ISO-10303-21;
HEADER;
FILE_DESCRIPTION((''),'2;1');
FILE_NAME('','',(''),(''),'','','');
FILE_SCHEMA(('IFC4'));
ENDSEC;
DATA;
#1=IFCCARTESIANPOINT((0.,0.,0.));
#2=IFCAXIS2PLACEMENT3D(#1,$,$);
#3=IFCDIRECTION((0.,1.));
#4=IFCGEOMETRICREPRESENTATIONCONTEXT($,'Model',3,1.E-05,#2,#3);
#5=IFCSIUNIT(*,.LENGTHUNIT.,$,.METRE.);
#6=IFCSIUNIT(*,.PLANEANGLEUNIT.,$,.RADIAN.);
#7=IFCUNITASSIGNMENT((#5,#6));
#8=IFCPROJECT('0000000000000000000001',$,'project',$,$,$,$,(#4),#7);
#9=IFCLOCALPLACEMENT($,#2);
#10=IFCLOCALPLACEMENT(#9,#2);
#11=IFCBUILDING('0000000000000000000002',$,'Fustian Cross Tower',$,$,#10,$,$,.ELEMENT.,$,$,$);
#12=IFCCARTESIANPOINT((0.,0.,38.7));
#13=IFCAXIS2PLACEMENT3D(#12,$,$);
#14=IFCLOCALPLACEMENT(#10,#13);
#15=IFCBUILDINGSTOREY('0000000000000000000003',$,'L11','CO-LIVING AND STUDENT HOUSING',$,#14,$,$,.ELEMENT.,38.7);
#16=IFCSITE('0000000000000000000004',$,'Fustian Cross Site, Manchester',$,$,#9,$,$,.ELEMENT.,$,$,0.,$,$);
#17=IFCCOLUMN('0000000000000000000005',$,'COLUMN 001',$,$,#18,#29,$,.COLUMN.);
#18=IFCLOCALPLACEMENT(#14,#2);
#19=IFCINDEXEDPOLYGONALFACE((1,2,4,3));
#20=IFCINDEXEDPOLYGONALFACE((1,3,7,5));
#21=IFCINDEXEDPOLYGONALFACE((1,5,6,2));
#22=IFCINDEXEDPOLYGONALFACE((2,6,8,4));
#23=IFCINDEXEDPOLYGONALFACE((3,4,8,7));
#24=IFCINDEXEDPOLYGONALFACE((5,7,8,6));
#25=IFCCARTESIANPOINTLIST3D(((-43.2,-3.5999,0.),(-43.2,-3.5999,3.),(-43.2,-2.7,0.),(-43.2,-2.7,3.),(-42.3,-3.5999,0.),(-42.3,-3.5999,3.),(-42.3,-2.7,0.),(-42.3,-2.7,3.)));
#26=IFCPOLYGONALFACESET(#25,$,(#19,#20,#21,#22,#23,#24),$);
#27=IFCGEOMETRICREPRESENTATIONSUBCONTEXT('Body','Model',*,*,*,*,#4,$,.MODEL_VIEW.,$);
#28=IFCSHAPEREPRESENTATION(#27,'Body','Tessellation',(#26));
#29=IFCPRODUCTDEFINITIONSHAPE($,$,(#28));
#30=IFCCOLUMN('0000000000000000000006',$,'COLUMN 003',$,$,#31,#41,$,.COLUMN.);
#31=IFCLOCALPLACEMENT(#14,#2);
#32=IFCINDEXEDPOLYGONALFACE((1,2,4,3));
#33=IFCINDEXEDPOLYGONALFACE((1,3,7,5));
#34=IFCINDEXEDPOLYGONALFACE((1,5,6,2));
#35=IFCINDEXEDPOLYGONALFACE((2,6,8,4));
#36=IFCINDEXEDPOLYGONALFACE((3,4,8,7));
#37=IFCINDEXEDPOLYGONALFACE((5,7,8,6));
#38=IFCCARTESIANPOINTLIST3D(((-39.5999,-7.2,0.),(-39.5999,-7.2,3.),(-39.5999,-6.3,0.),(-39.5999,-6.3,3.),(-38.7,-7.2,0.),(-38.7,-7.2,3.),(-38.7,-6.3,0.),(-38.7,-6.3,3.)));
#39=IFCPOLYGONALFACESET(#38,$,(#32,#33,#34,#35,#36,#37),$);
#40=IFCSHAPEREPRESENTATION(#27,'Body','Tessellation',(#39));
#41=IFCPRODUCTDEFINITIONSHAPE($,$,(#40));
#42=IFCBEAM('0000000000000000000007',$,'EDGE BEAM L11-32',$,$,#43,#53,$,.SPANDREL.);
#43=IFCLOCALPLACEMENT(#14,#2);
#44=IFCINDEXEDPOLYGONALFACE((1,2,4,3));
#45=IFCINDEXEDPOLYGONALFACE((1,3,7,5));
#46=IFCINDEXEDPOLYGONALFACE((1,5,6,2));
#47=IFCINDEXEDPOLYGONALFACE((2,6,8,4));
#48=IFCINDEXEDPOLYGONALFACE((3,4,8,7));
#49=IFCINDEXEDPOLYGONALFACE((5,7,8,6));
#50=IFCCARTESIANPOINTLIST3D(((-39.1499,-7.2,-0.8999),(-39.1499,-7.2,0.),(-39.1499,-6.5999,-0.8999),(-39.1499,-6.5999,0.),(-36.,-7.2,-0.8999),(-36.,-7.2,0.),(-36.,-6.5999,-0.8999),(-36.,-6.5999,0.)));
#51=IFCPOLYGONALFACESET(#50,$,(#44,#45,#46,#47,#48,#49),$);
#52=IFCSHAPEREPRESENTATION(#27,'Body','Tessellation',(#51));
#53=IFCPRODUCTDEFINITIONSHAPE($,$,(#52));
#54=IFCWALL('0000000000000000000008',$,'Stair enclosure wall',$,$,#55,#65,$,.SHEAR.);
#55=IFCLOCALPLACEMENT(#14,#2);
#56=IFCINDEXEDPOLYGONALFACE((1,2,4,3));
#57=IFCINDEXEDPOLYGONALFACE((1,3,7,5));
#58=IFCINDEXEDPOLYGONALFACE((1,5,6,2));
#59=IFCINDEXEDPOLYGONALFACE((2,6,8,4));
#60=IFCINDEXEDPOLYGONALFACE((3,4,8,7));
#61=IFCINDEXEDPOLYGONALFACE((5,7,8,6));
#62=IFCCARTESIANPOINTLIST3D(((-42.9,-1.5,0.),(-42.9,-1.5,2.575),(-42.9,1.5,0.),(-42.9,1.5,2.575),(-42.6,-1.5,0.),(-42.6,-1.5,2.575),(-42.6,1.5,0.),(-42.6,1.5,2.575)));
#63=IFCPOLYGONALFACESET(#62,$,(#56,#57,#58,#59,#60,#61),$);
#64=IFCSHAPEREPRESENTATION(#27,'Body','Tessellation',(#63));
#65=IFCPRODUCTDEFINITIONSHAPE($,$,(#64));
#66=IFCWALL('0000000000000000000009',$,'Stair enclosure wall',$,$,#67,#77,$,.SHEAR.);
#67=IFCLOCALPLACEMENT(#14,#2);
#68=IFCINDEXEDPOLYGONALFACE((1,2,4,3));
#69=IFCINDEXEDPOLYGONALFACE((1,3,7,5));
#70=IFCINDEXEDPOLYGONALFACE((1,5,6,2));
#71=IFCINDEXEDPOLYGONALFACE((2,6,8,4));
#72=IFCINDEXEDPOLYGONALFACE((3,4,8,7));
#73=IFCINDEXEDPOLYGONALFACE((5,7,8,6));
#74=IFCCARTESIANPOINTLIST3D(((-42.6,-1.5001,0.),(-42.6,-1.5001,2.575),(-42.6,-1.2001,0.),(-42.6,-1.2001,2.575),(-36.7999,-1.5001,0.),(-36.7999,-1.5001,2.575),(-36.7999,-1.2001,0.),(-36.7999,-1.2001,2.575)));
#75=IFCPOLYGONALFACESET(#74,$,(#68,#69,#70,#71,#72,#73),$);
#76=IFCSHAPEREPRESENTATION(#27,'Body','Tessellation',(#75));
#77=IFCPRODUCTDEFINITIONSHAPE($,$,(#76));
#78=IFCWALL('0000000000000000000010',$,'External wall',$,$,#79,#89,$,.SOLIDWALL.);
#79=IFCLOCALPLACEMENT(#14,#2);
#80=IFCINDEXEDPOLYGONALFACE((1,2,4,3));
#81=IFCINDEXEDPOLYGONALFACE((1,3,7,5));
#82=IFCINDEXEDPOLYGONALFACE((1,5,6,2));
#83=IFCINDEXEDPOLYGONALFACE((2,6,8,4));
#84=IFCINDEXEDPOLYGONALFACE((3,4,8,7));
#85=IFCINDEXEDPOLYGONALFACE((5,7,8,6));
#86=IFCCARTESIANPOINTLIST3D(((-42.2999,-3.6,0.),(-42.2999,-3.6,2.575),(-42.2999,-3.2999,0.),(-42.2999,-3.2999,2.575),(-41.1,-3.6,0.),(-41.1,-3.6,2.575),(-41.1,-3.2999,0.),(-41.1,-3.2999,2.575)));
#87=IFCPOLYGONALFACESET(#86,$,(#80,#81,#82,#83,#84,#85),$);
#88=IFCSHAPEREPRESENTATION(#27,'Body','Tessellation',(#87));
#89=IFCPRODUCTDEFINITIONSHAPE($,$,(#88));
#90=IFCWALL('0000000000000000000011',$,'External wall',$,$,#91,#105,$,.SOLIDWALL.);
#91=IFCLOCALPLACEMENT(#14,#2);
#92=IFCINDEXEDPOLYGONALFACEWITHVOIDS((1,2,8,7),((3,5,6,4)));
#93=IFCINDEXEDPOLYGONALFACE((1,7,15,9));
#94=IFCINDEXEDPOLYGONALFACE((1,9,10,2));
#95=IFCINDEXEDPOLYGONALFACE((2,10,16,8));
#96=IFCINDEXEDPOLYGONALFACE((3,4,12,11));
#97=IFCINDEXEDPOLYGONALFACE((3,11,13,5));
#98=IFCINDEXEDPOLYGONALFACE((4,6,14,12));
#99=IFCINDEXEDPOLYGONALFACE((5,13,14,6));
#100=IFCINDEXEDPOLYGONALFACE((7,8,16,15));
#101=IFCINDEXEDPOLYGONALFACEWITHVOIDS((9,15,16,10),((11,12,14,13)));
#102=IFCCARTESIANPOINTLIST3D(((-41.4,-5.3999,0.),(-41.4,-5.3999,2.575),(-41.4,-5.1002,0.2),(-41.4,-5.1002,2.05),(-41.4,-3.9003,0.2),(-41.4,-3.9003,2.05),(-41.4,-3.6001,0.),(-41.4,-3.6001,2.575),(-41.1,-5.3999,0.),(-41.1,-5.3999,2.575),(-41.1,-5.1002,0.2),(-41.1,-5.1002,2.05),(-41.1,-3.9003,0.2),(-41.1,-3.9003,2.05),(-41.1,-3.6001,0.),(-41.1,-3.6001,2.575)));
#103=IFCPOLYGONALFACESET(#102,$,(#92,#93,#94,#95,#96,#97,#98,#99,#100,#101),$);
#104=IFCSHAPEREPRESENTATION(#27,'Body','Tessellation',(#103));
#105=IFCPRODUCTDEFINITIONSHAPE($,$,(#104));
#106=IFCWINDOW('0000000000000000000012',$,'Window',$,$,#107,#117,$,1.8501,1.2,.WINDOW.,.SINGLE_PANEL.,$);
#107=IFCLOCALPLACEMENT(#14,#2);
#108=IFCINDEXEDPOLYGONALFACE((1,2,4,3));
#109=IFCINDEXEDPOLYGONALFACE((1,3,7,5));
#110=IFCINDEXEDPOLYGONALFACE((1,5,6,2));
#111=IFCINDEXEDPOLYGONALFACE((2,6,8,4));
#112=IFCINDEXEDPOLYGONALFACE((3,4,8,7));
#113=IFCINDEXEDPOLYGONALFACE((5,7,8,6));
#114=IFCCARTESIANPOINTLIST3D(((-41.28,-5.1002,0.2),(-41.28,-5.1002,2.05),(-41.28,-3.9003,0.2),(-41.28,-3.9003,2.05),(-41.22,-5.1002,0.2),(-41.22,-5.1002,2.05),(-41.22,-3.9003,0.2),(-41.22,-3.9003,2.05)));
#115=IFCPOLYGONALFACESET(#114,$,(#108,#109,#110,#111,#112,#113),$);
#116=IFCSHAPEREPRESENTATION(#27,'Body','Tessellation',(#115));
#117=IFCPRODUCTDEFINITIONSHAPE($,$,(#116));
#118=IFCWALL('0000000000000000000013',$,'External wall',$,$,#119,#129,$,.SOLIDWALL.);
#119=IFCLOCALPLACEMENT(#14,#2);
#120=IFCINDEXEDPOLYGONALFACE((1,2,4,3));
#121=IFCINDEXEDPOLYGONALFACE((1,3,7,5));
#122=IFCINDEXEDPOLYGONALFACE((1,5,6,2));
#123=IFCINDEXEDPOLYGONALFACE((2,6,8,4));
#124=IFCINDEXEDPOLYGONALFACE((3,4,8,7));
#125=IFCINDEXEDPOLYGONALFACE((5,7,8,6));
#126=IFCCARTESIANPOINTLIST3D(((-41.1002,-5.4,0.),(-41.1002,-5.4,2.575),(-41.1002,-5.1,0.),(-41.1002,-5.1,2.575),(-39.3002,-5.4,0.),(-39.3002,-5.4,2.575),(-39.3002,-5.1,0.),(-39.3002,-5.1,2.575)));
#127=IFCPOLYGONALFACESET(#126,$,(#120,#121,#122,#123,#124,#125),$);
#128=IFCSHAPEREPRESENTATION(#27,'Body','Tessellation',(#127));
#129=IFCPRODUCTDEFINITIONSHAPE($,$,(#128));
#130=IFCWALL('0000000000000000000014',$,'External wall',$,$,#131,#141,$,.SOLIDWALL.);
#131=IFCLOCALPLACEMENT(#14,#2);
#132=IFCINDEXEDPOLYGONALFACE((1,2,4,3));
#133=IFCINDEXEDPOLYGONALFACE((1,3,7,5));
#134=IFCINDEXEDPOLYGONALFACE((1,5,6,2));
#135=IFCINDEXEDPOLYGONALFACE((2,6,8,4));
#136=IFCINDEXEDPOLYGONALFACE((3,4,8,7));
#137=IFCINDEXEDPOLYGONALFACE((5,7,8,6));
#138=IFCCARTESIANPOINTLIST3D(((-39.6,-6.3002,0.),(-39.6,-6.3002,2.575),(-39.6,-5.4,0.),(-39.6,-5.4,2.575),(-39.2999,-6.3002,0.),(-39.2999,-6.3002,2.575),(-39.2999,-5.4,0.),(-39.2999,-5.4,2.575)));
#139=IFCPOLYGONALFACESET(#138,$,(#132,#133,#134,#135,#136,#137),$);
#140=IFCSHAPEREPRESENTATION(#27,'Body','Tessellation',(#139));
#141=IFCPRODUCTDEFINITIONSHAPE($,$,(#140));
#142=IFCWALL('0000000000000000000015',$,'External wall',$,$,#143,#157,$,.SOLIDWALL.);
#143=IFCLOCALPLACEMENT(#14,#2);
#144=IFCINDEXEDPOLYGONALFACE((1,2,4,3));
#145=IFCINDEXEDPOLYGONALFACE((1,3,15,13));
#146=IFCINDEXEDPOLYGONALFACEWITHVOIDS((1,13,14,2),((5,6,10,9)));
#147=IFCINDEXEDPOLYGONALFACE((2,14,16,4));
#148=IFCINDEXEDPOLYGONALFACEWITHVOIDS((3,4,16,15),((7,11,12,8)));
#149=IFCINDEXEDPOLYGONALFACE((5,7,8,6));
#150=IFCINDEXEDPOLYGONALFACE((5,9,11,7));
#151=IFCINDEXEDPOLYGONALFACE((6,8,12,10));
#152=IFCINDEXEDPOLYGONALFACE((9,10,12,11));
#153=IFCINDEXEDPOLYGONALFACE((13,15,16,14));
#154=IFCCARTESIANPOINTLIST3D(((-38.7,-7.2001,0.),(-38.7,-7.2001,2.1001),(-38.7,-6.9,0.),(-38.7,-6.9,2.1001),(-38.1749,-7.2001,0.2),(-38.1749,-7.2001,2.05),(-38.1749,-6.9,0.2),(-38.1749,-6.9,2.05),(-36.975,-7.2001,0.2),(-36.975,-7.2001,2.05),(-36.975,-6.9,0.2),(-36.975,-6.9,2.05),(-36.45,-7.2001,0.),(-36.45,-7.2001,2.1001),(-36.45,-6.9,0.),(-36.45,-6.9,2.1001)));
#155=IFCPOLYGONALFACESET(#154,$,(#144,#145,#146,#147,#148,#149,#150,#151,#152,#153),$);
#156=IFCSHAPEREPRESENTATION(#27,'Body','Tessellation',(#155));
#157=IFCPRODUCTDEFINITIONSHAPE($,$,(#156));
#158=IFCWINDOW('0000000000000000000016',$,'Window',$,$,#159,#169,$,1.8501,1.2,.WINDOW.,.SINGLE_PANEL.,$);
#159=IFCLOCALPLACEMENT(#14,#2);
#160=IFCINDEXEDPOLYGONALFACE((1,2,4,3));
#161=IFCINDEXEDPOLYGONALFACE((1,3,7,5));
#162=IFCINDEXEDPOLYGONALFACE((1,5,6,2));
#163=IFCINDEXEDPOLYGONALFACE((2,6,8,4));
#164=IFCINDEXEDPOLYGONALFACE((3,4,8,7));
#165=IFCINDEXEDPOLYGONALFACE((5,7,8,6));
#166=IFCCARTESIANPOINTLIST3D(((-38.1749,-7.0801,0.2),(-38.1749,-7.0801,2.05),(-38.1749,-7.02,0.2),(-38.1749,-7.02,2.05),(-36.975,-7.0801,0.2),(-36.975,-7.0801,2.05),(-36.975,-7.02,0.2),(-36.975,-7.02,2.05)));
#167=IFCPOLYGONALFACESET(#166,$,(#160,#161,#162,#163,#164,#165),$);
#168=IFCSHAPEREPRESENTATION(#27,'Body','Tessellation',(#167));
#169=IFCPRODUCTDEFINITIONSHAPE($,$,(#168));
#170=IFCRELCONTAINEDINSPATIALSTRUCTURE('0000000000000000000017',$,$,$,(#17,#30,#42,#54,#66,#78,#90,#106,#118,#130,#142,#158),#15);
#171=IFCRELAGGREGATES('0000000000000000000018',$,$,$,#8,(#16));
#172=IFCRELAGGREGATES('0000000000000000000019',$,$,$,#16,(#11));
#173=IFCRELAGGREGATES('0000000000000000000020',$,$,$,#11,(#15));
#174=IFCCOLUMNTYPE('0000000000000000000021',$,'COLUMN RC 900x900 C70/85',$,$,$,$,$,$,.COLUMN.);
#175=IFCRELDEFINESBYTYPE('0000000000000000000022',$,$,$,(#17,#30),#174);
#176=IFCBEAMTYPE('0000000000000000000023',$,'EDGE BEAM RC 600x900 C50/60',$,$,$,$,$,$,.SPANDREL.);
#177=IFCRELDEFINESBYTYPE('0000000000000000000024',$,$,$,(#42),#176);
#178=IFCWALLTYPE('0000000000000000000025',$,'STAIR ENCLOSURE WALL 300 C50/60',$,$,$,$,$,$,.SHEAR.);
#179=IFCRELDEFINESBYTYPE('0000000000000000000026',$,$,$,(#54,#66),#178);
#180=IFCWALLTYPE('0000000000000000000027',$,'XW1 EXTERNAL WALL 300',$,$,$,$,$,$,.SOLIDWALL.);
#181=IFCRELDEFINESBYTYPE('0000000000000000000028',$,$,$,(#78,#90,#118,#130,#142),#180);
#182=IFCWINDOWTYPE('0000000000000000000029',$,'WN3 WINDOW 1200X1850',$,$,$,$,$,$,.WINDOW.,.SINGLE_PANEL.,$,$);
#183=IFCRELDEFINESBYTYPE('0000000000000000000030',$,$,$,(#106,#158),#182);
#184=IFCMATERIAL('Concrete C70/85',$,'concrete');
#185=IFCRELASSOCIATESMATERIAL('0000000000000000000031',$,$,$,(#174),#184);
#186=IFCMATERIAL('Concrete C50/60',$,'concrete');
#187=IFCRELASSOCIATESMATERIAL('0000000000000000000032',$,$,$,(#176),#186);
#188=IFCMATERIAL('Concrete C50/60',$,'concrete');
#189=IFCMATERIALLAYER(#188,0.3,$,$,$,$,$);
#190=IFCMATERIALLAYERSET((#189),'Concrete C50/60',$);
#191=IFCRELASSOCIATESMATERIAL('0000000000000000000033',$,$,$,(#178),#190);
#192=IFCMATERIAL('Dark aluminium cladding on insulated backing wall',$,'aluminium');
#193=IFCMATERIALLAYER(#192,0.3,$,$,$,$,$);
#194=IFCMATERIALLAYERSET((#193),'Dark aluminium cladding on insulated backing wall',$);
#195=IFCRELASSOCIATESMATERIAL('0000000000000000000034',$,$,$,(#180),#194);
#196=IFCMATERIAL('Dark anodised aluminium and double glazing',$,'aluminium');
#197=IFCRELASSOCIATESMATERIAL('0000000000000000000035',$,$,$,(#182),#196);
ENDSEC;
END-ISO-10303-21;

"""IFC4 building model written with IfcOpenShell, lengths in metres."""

from ifc_helpers import new_model, si_unit, direction, frame, frame_2d, origin, origin_2d, place, context, subcontext, project, spatial, rectangle, extrude, material, layer, layer_set, material_profile, profile_set, type_object, element, fill, save


model = new_model("IFC4")

# Units and contexts
model_context = context("Model", 3, precision=1e-05, world=origin(), true_north=direction((0.0, 1.0)))
body_context = subcontext(model_context, "Body", "Model", "MODEL_VIEW")
ifc_project = project(units=[si_unit("LENGTHUNIT", "METRE"), si_unit("PLANEANGLEUNIT", "RADIAN")], contexts=[model_context])

# Site, building, storey
site_placement = place(None, origin())
site = spatial("IfcSite", under=ifc_project, at=site_placement, Name="Fustian Cross Site, Manchester", CompositionType="ELEMENT", RefElevation=0.0)
building_placement = place(site_placement, origin())
building = spatial("IfcBuilding", under=site, at=building_placement, Name="Fustian Cross Tower", CompositionType="ELEMENT")
storey_placement = place(building_placement, frame((0.0, 0.0, 38.7)))
storey = spatial("IfcBuildingStorey", under=building, at=storey_placement, Name="L11", Description="CO-LIVING AND STUDENT HOUSING", CompositionType="ELEMENT", Elevation=38.7)

# Columns
ifc_material_1 = material(Name="Concrete C70/85", Category="concrete")
ifc_material_profile_1 = material_profile(ifc_material_1, rectangle(XDim=0.8999, YDim=0.8999, at=origin_2d()), Name="RC 900x900")
ifc_profile_set_1 = profile_set([ifc_material_profile_1], Name="Concrete C70/85")
column_type = type_object("IfcColumnType", Name="COLUMN RC 900x900 C70/85", PredefinedType="COLUMN", material=ifc_profile_set_1)
for number, where, z_axis, x_axis, name in (
    (1, (-42.75, -3.1499, 0.0), (0.0, 0.0, 1.0), (1.0, 0.0, 0.0), "COLUMN 001"),
    (2, (-39.1499, -6.75, 0.0), (0.0, 0.0, 1.0), (1.0, 0.0, 0.0), "COLUMN 003"),
):
    element("IfcColumn", number, at=place(storey_placement, frame(where, z_axis=z_axis, x_axis=x_axis)), inside=storey, type_object=column_type, Name=name, PredefinedType="COLUMN", context=body_context, shape_type="SweptSolid", body=[
        extrude(rectangle(XDim=0.8999, YDim=0.8999, at=origin_2d()), origin(), (0.0, 0.0, 1.0), 3.0),
    ])

# Beam
ifc_material_2 = material(Name="Concrete C50/60", Category="concrete")
ifc_material_profile_2 = material_profile(ifc_material_2, rectangle(XDim=0.6001, YDim=0.8999, at=origin_2d()), Name="RC 600x900")
ifc_profile_set_2 = profile_set([ifc_material_profile_2], Name="Concrete C50/60")
beam_type = type_object("IfcBeamType", Name="EDGE BEAM RC 600x900 C50/60", PredefinedType="SPANDREL", material=ifc_profile_set_2)
beam_placement = place(storey_placement, frame((-39.1499, -6.8999, -0.45), z_axis=(1.0, 0.0, 0.0), x_axis=(0.0, 1.0, 0.0)))
element("IfcBeam", 3, at=beam_placement, inside=storey, type_object=beam_type, Name="EDGE BEAM L11-32", PredefinedType="SPANDREL", context=body_context, shape_type="SweptSolid", body=[
    extrude(rectangle(XDim=0.6001, YDim=0.8999, at=origin_2d()), origin(), (0.0, 0.0, 1.0), 3.1499),
])

# Walls
ifc_material_3 = material(Name="Concrete C50/60", Category="concrete")
ifc_layer_1 = layer(ifc_material_3, 0.3)
ifc_layer_set_1 = layer_set([ifc_layer_1], Name="Concrete C50/60")
wall_type_1 = type_object("IfcWallType", Name="STAIR ENCLOSURE WALL 300 C50/60", PredefinedType="SHEAR", material=ifc_layer_set_1)
wall_1_placement = place(storey_placement, frame((-42.75, -1.5, 0.0), z_axis=(0.0, 0.0, 1.0), x_axis=(0.0, 1.0, 0.0)))
element("IfcWall", 4, at=wall_1_placement, inside=storey, type_object=wall_type_1, Name="Stair enclosure wall", PredefinedType="SHEAR", context=body_context, shape_type="SweptSolid", body=[
    extrude(rectangle(XDim=3.0, YDim=0.3, at=frame_2d((1.5, 0.0))), origin(), (0.0, 0.0, 1.0), 2.575),
])
wall_2_placement = place(storey_placement, frame((-36.8, -1.3501, 0.0), z_axis=(0.0, 0.0, 1.0), x_axis=(-1.0, 0.0, 0.0)))
element("IfcWall", 5, at=wall_2_placement, inside=storey, type_object=wall_type_1, Name="Stair enclosure wall", PredefinedType="SHEAR", context=body_context, shape_type="SweptSolid", body=[
    extrude(rectangle(XDim=5.8, YDim=0.3, at=frame_2d((2.8999, 0.0))), origin(), (0.0, 0.0, 1.0), 2.575),
])
ifc_material_4 = material(Name="Dark aluminium cladding on insulated backing wall", Category="aluminium")
ifc_layer_2 = layer(ifc_material_4, 0.3)
ifc_layer_set_2 = layer_set([ifc_layer_2], Name="Dark aluminium cladding on insulated backing wall")
wall_type_2 = type_object("IfcWallType", Name="XW1 EXTERNAL WALL 300", PredefinedType="SOLIDWALL", material=ifc_layer_set_2)
wall_3_placement = place(storey_placement, frame((-42.3, -3.45, 0.0), z_axis=(0.0, 0.0, 1.0), x_axis=(1.0, 0.0, 0.0)))
element("IfcWall", 6, at=wall_3_placement, inside=storey, type_object=wall_type_2, Name="External wall", PredefinedType="SOLIDWALL", context=body_context, shape_type="SweptSolid", body=[
    extrude(rectangle(XDim=1.2, YDim=0.3, at=frame_2d((0.6001, 0.0))), origin(), (0.0, 0.0, 1.0), 2.575),
])

# Wall, opening, window
wall_4_placement = place(storey_placement, frame((-41.25, -3.6001, 0.0), z_axis=(0.0, 0.0, 1.0), x_axis=(0.0, -1.0, 0.0)))
wall_4 = element("IfcWall", 7, at=wall_4_placement, inside=storey, type_object=wall_type_2, Name="External wall", PredefinedType="SOLIDWALL", context=body_context, shape_type="SweptSolid", body=[
    extrude(rectangle(XDim=1.7998, YDim=0.3, at=frame_2d((0.8999, 0.0))), origin(), (0.0, 0.0, 1.0), 2.575),
])
opening_1_placement = place(wall_4_placement, frame((0.3, 0.0, 0.2)))
opening_1 = element("IfcOpeningElement", 8, at=opening_1_placement, cuts=wall_4, PredefinedType="OPENING", context=body_context, shape_type="SweptSolid", body=[
    extrude(rectangle(XDim=1.2, YDim=1.8501, at=frame_2d((0.6001, 0.925))), frame((0.0, 0.1599, 0.0), z_axis=(0.0, -1.0, 0.0), x_axis=(1.0, 0.0, 0.0)), (0.0, 0.0, 1.0), 0.3201),
])
ifc_material_5 = material(Name="Dark anodised aluminium and double glazing", Category="aluminium")
window_type = type_object("IfcWindowType", Name="WN3 WINDOW 1200X1850", PartitioningType="SINGLE_PANEL", PredefinedType="WINDOW", material=ifc_material_5)
window_1_placement = place(opening_1_placement, origin())
window_1 = element("IfcWindow", 9, at=window_1_placement, inside=storey, type_object=window_type, Name="Window", OverallHeight=1.8501, OverallWidth=1.2, PartitioningType="SINGLE_PANEL", PredefinedType="WINDOW", context=body_context, shape_type="SweptSolid", body=[
    extrude(rectangle(XDim=1.2, YDim=1.8501, at=frame_2d((0.6001, 0.925))), frame((0.0, 0.03, 0.0), z_axis=(0.0, -1.0, 0.0), x_axis=(1.0, 0.0, 0.0)), (0.0, 0.0, 1.0), 0.0601),
])
fill(opening_1, window_1)

# Walls
wall_5_placement = place(storey_placement, frame((-41.1001, -5.25, 0.0), z_axis=(0.0, 0.0, 1.0), x_axis=(1.0, 0.0, 0.0)))
element("IfcWall", 10, at=wall_5_placement, inside=storey, type_object=wall_type_2, Name="External wall", PredefinedType="SOLIDWALL", context=body_context, shape_type="SweptSolid", body=[
    extrude(rectangle(XDim=1.8, YDim=0.3, at=frame_2d((0.8999, 0.0))), origin(), (0.0, 0.0, 1.0), 2.575),
])
wall_6_placement = place(storey_placement, frame((-39.45, -5.3999, 0.0), z_axis=(0.0, 0.0, 1.0), x_axis=(0.0, -1.0, 0.0)))
element("IfcWall", 11, at=wall_6_placement, inside=storey, type_object=wall_type_2, Name="External wall", PredefinedType="SOLIDWALL", context=body_context, shape_type="SweptSolid", body=[
    extrude(rectangle(XDim=0.9001, YDim=0.3, at=frame_2d((0.4502, 0.0))), origin(), (0.0, 0.0, 1.0), 2.575),
])

# Wall, opening, window
wall_7_placement = place(storey_placement, frame((-38.7, -7.05, 0.0), z_axis=(0.0, 0.0, 1.0), x_axis=(1.0, 0.0, 0.0)))
wall_7 = element("IfcWall", 12, at=wall_7_placement, inside=storey, type_object=wall_type_2, Name="External wall", PredefinedType="SOLIDWALL", context=body_context, shape_type="SweptSolid", body=[
    extrude(rectangle(XDim=2.25, YDim=0.3, at=frame_2d((1.125, 0.0))), origin(), (0.0, 0.0, 1.0), 2.1001),
])
opening_2_placement = place(wall_7_placement, frame((0.5249, 0.0, 0.2)))
opening_2 = element("IfcOpeningElement", 13, at=opening_2_placement, cuts=wall_7, PredefinedType="OPENING", context=body_context, shape_type="SweptSolid", body=[
    extrude(rectangle(XDim=1.2, YDim=1.8501, at=frame_2d((0.6001, 0.925))), frame((0.0, 0.1599, 0.0), z_axis=(0.0, -1.0, 0.0), x_axis=(1.0, 0.0, 0.0)), (0.0, 0.0, 1.0), 0.3201),
])
window_2_placement = place(opening_2_placement, origin())
window_2 = element("IfcWindow", 14, at=window_2_placement, inside=storey, type_object=window_type, Name="Window", OverallHeight=1.8501, OverallWidth=1.2, PartitioningType="SINGLE_PANEL", PredefinedType="WINDOW", context=body_context, shape_type="SweptSolid", body=[
    extrude(rectangle(XDim=1.2, YDim=1.8501, at=frame_2d((0.6001, 0.925))), frame((0.0, 0.03, 0.0), z_axis=(0.0, -1.0, 0.0), x_axis=(1.0, 0.0, 0.0)), (0.0, 0.0, 1.0), 0.0601),
])
fill(opening_2, window_2)

save(model, "model.ifc")
